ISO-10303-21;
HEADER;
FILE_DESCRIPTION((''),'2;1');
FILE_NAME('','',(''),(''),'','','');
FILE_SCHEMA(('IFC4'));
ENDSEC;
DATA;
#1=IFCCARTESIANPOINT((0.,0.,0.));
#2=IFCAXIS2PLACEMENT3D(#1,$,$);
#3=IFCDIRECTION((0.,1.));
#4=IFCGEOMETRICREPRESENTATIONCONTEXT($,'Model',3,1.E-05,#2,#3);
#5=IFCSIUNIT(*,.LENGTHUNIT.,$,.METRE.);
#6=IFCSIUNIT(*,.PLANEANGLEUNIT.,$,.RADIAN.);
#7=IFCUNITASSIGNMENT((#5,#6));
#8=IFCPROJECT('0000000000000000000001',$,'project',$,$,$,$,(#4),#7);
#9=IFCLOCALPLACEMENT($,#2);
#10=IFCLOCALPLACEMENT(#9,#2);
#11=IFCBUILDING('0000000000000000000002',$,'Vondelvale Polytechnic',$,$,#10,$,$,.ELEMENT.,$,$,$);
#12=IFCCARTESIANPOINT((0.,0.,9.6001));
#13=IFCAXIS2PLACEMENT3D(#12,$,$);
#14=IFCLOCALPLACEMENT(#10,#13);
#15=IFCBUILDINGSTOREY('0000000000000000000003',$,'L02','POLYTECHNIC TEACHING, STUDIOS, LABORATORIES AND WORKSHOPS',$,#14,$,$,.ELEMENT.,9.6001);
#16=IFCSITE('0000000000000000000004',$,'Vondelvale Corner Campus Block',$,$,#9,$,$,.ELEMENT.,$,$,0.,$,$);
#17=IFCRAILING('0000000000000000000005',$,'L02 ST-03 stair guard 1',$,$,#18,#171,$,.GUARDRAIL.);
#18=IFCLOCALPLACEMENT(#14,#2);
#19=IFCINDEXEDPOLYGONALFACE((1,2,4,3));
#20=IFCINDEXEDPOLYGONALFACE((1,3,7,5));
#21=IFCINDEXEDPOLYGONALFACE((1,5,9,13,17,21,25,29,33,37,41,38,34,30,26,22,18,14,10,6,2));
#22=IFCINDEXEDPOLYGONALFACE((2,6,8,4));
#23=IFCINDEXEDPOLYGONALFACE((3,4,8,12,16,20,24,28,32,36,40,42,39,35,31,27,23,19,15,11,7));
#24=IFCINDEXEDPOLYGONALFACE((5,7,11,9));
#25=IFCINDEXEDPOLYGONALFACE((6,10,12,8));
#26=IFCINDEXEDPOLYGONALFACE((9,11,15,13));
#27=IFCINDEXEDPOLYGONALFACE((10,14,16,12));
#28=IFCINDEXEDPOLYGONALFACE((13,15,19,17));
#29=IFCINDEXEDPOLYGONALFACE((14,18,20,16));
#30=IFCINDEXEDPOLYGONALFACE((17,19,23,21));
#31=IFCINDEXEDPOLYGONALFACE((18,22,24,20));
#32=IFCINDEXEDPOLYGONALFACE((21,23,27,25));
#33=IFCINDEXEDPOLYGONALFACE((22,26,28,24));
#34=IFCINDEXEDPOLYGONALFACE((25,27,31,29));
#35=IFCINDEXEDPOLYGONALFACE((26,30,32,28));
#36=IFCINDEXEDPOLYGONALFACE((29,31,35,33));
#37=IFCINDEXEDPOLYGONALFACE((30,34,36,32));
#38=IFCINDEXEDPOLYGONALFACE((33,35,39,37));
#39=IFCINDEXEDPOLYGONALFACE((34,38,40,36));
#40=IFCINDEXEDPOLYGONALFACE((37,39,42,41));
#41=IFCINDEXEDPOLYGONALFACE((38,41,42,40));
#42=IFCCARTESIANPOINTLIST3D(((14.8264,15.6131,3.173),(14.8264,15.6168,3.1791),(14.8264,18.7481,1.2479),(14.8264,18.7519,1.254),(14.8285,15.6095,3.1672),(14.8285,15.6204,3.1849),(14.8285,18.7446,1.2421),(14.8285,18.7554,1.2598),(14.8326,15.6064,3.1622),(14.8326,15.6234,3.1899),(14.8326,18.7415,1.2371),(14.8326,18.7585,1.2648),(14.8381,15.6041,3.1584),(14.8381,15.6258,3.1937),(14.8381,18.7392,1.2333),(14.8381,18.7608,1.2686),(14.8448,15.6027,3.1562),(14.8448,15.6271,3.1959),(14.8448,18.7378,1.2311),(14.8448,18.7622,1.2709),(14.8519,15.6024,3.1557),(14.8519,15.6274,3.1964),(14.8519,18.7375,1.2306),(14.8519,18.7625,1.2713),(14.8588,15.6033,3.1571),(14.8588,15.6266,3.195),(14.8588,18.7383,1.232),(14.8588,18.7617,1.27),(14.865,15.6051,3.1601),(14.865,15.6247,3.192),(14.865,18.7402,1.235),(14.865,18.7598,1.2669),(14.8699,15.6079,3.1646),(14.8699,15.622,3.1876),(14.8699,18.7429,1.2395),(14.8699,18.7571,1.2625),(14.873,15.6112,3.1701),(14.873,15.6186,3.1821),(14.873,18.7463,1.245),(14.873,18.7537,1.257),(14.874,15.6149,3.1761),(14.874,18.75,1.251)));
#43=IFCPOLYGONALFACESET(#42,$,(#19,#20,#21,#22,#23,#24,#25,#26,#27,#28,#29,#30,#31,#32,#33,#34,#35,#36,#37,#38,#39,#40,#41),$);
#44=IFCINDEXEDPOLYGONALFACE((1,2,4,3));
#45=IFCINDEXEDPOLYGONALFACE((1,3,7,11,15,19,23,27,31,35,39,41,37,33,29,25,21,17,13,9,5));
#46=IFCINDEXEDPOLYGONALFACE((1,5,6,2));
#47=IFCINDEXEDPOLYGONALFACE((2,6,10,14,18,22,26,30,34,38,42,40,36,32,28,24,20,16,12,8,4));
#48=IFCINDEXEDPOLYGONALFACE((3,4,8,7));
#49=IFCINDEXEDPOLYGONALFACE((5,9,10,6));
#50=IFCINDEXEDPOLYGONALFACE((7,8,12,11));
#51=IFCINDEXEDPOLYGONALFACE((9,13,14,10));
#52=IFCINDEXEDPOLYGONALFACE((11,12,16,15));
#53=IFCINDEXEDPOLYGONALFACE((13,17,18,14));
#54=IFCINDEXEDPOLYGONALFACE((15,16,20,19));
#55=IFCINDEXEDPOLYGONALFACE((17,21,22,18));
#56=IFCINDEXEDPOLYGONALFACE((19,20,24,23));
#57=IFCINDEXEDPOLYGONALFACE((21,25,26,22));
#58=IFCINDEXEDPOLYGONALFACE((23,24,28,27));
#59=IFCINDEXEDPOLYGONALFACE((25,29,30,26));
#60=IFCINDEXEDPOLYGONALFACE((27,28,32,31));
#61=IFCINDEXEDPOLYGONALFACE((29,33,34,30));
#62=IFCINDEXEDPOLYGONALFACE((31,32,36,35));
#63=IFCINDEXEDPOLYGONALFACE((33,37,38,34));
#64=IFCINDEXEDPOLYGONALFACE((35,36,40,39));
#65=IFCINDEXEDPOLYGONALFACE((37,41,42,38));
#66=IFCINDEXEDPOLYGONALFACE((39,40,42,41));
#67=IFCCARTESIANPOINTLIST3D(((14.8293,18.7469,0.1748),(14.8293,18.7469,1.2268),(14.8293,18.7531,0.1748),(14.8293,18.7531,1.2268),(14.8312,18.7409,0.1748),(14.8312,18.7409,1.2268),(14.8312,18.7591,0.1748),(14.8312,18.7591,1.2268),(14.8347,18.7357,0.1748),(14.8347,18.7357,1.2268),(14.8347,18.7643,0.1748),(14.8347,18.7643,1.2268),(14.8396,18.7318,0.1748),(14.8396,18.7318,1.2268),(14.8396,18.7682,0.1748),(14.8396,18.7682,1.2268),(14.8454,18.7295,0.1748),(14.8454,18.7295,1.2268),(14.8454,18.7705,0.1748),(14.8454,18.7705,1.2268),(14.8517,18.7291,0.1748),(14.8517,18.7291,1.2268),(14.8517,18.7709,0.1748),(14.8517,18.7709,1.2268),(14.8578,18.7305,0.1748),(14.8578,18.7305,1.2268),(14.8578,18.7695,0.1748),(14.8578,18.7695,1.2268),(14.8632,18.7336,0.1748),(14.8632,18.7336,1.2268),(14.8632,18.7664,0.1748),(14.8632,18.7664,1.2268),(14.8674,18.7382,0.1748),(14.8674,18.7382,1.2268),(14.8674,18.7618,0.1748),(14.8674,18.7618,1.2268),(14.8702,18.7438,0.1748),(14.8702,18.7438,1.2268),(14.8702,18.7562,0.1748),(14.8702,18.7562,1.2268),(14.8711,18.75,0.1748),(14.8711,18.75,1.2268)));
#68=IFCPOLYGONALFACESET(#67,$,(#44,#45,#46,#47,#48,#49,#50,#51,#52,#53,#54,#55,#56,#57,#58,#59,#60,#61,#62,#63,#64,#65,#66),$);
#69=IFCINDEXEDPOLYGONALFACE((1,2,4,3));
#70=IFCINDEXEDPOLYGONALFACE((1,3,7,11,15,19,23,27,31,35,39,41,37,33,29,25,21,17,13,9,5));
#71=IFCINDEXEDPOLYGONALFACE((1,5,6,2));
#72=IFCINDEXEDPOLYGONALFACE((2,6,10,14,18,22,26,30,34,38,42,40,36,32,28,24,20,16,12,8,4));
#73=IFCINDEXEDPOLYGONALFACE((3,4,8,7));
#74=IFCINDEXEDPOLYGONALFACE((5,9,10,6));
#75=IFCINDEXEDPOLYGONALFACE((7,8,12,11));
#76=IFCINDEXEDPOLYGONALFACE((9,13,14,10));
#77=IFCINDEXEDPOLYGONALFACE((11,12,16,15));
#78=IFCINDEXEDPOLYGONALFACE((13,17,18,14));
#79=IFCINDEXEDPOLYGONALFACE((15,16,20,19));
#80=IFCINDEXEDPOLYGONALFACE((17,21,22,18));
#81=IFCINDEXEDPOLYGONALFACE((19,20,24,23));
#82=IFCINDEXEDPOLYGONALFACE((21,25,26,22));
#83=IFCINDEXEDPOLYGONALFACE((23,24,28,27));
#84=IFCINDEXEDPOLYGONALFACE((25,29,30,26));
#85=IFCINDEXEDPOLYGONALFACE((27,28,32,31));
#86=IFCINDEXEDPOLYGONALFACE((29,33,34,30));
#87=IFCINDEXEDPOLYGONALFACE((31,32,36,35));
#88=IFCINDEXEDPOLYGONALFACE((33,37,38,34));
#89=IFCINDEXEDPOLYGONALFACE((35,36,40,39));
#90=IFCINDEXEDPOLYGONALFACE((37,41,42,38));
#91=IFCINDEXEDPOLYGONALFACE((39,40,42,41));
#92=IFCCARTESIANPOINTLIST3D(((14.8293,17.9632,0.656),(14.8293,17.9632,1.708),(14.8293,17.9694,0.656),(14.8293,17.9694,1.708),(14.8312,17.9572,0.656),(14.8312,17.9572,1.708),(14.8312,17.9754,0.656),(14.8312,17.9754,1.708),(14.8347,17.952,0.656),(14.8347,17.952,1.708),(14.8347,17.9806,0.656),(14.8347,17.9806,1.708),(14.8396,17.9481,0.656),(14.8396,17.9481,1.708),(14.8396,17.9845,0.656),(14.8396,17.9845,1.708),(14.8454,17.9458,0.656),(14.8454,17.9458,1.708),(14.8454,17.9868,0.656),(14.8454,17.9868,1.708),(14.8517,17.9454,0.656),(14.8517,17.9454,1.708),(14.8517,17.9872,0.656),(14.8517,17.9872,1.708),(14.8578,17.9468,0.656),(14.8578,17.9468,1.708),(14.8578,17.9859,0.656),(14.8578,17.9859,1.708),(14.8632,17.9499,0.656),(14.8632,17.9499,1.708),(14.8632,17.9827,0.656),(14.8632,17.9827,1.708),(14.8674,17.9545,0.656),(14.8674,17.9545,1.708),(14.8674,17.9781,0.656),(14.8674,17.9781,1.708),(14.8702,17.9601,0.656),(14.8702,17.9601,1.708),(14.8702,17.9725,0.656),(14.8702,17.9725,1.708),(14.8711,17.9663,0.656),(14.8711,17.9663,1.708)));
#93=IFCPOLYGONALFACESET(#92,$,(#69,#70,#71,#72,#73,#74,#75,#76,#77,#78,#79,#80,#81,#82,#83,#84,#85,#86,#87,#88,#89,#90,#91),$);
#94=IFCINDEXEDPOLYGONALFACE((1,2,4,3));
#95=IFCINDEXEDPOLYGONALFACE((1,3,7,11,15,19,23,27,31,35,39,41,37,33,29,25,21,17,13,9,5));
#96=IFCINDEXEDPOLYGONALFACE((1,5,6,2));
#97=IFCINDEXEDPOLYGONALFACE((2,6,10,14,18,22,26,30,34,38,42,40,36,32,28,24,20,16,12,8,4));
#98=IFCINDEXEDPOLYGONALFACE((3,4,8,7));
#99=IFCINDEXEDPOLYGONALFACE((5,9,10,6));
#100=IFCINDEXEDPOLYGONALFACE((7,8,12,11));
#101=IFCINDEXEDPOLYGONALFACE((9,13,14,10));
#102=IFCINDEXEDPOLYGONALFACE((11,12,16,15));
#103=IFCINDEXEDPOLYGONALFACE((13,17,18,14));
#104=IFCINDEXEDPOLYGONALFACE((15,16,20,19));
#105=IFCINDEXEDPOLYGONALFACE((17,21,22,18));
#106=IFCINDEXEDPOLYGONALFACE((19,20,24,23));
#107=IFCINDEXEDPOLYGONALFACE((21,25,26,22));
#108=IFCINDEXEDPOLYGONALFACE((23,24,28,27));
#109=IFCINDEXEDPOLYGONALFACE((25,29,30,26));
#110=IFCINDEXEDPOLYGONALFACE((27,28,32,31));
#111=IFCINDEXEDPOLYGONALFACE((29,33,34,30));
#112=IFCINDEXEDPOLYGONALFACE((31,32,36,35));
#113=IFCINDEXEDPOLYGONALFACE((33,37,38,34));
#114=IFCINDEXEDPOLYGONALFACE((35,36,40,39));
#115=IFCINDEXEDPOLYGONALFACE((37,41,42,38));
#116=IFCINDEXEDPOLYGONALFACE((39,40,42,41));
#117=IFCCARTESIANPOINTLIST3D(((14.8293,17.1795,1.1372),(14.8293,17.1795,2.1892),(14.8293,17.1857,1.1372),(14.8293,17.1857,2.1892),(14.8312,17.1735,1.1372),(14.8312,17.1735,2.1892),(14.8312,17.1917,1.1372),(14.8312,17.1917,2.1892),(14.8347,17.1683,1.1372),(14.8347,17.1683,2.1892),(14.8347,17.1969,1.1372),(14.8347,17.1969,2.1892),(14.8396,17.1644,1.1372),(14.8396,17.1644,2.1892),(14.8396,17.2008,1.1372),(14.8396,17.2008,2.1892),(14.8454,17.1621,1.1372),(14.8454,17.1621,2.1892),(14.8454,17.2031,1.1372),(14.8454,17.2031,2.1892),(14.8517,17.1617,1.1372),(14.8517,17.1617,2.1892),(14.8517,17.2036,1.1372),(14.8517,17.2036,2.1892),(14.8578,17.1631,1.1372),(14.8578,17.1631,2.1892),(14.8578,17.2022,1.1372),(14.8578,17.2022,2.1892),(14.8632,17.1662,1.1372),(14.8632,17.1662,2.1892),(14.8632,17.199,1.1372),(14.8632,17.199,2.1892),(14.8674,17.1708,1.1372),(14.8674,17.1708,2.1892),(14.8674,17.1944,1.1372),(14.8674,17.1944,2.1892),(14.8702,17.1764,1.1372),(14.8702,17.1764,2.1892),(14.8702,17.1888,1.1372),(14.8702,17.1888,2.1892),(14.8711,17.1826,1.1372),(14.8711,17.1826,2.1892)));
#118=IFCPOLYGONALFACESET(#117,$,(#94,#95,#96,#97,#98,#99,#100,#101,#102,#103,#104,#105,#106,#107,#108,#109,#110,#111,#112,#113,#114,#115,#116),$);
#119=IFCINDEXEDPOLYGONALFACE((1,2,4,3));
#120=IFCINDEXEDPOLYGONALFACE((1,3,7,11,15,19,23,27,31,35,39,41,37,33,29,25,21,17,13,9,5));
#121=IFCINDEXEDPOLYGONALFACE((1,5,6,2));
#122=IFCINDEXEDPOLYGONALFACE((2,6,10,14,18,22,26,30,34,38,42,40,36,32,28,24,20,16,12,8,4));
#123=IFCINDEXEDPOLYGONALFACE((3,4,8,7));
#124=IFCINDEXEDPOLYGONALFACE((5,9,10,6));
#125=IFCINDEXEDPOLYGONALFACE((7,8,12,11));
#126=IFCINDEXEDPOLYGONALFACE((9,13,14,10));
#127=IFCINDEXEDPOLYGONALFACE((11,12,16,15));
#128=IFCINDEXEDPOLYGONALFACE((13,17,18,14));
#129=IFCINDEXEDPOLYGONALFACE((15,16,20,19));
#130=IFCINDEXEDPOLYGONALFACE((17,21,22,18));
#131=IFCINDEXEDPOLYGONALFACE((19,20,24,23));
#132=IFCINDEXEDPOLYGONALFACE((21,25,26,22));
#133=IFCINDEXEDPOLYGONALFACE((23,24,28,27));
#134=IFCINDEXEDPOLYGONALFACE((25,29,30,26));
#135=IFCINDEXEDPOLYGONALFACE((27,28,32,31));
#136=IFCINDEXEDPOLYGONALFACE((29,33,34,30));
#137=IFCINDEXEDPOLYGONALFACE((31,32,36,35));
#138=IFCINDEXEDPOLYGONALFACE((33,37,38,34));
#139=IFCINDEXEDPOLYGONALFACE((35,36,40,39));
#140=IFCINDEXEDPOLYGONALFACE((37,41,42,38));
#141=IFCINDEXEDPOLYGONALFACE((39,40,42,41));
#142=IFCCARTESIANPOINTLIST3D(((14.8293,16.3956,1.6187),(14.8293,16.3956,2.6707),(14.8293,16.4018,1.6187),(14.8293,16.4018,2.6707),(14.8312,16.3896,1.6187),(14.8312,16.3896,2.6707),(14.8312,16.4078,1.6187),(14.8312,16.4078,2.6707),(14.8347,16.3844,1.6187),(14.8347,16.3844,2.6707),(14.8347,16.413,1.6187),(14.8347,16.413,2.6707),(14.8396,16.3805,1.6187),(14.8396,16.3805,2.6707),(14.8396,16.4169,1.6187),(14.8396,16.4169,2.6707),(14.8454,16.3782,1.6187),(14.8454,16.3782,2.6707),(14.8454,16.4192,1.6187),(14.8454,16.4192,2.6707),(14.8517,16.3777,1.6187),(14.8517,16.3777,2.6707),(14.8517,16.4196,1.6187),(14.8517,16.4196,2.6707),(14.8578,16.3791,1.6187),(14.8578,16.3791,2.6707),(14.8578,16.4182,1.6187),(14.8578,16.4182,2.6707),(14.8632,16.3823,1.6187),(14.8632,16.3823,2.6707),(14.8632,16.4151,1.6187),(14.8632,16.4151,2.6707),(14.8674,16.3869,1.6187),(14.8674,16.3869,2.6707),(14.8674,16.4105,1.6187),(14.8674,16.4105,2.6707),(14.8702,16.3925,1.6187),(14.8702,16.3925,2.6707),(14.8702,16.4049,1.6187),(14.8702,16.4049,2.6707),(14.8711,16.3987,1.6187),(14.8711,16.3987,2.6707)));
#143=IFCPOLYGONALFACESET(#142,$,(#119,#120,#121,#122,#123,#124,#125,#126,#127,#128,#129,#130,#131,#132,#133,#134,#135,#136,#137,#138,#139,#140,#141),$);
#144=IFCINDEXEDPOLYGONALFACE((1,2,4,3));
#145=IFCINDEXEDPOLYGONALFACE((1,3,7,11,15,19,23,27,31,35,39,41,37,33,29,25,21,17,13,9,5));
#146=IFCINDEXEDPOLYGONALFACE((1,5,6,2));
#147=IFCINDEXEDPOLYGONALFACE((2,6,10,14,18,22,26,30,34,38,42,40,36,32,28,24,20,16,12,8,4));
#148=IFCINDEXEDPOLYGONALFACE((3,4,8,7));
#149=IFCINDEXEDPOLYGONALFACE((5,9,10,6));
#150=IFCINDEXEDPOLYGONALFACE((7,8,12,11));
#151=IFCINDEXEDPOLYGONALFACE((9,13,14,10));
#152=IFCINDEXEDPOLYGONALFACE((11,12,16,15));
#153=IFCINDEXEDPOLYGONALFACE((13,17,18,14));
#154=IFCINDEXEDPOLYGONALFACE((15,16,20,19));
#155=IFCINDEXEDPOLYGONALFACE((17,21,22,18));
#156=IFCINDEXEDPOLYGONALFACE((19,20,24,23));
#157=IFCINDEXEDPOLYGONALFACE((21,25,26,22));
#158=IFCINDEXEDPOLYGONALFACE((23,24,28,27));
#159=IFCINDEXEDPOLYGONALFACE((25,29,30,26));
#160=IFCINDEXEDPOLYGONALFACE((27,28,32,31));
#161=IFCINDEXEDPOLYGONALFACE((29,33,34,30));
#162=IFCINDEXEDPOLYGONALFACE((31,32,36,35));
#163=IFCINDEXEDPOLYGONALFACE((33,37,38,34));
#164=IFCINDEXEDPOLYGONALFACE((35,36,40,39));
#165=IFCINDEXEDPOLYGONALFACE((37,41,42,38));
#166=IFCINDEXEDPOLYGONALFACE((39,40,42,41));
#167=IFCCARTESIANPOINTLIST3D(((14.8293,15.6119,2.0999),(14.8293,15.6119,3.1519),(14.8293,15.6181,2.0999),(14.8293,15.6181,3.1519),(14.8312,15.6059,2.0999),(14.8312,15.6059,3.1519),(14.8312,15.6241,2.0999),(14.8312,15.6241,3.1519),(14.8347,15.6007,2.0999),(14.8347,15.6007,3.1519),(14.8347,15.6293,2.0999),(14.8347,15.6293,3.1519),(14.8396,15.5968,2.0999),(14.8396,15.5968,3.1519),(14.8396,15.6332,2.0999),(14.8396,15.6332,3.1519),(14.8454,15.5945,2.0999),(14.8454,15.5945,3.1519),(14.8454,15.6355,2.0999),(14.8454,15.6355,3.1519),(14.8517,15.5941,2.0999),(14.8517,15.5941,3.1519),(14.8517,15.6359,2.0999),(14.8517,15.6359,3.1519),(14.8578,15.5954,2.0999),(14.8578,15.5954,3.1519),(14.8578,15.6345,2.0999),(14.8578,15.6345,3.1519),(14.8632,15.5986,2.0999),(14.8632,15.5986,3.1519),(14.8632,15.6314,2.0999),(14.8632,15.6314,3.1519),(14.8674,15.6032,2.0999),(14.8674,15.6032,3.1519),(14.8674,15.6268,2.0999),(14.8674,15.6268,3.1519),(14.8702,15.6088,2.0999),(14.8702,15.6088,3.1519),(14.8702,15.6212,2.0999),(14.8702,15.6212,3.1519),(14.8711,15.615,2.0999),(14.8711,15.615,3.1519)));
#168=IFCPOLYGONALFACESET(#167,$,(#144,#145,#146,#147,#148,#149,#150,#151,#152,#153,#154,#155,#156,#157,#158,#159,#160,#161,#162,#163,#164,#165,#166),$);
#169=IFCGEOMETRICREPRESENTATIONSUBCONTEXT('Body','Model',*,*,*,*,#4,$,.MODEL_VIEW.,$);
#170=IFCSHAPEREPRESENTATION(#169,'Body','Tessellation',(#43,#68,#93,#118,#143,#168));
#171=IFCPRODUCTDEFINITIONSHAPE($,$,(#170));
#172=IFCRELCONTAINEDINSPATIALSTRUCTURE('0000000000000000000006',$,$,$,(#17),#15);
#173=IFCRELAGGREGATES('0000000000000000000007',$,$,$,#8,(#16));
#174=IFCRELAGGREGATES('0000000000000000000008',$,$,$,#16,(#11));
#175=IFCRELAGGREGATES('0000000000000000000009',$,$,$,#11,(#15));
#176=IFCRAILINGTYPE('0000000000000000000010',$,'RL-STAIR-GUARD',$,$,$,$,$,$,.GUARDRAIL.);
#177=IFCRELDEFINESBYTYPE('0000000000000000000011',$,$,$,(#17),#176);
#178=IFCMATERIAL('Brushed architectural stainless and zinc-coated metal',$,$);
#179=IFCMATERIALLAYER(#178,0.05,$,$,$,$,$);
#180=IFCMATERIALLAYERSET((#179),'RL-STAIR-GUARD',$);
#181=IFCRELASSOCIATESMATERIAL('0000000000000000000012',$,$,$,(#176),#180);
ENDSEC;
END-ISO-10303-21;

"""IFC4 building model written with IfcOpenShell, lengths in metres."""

from ifc_helpers import new_model, si_unit, direction, frame, origin, origin_2d, place, context, subcontext, project, spatial, circle, extrude, material, layer, layer_set, type_object, element, save


model = new_model("IFC4")

# Units and contexts
model_context = context("Model", 3, precision=1e-05, world=origin(), true_north=direction((0.0, 1.0)))
body_context = subcontext(model_context, "Body", "Model", "MODEL_VIEW")
ifc_project = project(units=[si_unit("LENGTHUNIT", "METRE"), si_unit("PLANEANGLEUNIT", "RADIAN")], contexts=[model_context])

# Site, building, storey
site_placement = place(None, origin())
site = spatial("IfcSite", under=ifc_project, at=site_placement, Name="Vondelvale Corner Campus Block", CompositionType="ELEMENT", RefElevation=0.0)
building_placement = place(site_placement, origin())
building = spatial("IfcBuilding", under=site, at=building_placement, Name="Vondelvale Polytechnic", CompositionType="ELEMENT")
storey_placement = place(building_placement, frame((0.0, 0.0, 9.6001)))
storey = spatial("IfcBuildingStorey", under=building, at=storey_placement, Name="L02", Description="POLYTECHNIC TEACHING, STUDIOS, LABORATORIES AND WORKSHOPS", CompositionType="ELEMENT", Elevation=9.6001)

# Shared definitions
ifc_material_1 = material(Name="Brushed architectural stainless and zinc-coated metal")

# Railing
ifc_layer_1 = layer(ifc_material_1, 0.05)
ifc_layer_set_1 = layer_set([ifc_layer_1], Name="RL-STAIR-GUARD")
railing_type_1 = type_object("IfcRailingType", Name="RL-STAIR-GUARD", PredefinedType="GUARDRAIL", material=ifc_layer_set_1)
railing_1_placement = place(storey_placement, frame((14.8501, 18.75, 0.1748)))
element("IfcRailing", 1, at=railing_1_placement, inside=storey, type_object=railing_type_1, Name="L02 ST-03 stair guard 1", PredefinedType="GUARDRAIL", context=body_context, shape_type="SweptSolid", body=[
    extrude(circle(Radius=0.0239, at=origin_2d()), frame((0.0, 0.0, 1.0762), z_axis=(0.0, -0.852166, 0.523271), x_axis=(1.0, 0.0, 0.0)), (0.0, 0.0, 1.0), 3.679),
    extrude(circle(Radius=0.021, at=origin_2d()), origin(), (0.0, 0.0, 1.0), 1.052),
    extrude(circle(Radius=0.021, at=origin_2d()), frame((0.0, -0.7837, 0.4812)), (0.0, 0.0, 1.0), 1.052),
    extrude(circle(Radius=0.021, at=origin_2d()), frame((0.0, -1.5674, 0.9624)), (0.0, 0.0, 1.0), 1.052),
    extrude(circle(Radius=0.021, at=origin_2d()), frame((0.0, -2.3513, 1.4438)), (0.0, 0.0, 1.0), 1.052),
    extrude(circle(Radius=0.021, at=origin_2d()), frame((0.0, -3.135, 1.925)), (0.0, 0.0, 1.0), 1.052),
])

save(model, "model.ifc")
